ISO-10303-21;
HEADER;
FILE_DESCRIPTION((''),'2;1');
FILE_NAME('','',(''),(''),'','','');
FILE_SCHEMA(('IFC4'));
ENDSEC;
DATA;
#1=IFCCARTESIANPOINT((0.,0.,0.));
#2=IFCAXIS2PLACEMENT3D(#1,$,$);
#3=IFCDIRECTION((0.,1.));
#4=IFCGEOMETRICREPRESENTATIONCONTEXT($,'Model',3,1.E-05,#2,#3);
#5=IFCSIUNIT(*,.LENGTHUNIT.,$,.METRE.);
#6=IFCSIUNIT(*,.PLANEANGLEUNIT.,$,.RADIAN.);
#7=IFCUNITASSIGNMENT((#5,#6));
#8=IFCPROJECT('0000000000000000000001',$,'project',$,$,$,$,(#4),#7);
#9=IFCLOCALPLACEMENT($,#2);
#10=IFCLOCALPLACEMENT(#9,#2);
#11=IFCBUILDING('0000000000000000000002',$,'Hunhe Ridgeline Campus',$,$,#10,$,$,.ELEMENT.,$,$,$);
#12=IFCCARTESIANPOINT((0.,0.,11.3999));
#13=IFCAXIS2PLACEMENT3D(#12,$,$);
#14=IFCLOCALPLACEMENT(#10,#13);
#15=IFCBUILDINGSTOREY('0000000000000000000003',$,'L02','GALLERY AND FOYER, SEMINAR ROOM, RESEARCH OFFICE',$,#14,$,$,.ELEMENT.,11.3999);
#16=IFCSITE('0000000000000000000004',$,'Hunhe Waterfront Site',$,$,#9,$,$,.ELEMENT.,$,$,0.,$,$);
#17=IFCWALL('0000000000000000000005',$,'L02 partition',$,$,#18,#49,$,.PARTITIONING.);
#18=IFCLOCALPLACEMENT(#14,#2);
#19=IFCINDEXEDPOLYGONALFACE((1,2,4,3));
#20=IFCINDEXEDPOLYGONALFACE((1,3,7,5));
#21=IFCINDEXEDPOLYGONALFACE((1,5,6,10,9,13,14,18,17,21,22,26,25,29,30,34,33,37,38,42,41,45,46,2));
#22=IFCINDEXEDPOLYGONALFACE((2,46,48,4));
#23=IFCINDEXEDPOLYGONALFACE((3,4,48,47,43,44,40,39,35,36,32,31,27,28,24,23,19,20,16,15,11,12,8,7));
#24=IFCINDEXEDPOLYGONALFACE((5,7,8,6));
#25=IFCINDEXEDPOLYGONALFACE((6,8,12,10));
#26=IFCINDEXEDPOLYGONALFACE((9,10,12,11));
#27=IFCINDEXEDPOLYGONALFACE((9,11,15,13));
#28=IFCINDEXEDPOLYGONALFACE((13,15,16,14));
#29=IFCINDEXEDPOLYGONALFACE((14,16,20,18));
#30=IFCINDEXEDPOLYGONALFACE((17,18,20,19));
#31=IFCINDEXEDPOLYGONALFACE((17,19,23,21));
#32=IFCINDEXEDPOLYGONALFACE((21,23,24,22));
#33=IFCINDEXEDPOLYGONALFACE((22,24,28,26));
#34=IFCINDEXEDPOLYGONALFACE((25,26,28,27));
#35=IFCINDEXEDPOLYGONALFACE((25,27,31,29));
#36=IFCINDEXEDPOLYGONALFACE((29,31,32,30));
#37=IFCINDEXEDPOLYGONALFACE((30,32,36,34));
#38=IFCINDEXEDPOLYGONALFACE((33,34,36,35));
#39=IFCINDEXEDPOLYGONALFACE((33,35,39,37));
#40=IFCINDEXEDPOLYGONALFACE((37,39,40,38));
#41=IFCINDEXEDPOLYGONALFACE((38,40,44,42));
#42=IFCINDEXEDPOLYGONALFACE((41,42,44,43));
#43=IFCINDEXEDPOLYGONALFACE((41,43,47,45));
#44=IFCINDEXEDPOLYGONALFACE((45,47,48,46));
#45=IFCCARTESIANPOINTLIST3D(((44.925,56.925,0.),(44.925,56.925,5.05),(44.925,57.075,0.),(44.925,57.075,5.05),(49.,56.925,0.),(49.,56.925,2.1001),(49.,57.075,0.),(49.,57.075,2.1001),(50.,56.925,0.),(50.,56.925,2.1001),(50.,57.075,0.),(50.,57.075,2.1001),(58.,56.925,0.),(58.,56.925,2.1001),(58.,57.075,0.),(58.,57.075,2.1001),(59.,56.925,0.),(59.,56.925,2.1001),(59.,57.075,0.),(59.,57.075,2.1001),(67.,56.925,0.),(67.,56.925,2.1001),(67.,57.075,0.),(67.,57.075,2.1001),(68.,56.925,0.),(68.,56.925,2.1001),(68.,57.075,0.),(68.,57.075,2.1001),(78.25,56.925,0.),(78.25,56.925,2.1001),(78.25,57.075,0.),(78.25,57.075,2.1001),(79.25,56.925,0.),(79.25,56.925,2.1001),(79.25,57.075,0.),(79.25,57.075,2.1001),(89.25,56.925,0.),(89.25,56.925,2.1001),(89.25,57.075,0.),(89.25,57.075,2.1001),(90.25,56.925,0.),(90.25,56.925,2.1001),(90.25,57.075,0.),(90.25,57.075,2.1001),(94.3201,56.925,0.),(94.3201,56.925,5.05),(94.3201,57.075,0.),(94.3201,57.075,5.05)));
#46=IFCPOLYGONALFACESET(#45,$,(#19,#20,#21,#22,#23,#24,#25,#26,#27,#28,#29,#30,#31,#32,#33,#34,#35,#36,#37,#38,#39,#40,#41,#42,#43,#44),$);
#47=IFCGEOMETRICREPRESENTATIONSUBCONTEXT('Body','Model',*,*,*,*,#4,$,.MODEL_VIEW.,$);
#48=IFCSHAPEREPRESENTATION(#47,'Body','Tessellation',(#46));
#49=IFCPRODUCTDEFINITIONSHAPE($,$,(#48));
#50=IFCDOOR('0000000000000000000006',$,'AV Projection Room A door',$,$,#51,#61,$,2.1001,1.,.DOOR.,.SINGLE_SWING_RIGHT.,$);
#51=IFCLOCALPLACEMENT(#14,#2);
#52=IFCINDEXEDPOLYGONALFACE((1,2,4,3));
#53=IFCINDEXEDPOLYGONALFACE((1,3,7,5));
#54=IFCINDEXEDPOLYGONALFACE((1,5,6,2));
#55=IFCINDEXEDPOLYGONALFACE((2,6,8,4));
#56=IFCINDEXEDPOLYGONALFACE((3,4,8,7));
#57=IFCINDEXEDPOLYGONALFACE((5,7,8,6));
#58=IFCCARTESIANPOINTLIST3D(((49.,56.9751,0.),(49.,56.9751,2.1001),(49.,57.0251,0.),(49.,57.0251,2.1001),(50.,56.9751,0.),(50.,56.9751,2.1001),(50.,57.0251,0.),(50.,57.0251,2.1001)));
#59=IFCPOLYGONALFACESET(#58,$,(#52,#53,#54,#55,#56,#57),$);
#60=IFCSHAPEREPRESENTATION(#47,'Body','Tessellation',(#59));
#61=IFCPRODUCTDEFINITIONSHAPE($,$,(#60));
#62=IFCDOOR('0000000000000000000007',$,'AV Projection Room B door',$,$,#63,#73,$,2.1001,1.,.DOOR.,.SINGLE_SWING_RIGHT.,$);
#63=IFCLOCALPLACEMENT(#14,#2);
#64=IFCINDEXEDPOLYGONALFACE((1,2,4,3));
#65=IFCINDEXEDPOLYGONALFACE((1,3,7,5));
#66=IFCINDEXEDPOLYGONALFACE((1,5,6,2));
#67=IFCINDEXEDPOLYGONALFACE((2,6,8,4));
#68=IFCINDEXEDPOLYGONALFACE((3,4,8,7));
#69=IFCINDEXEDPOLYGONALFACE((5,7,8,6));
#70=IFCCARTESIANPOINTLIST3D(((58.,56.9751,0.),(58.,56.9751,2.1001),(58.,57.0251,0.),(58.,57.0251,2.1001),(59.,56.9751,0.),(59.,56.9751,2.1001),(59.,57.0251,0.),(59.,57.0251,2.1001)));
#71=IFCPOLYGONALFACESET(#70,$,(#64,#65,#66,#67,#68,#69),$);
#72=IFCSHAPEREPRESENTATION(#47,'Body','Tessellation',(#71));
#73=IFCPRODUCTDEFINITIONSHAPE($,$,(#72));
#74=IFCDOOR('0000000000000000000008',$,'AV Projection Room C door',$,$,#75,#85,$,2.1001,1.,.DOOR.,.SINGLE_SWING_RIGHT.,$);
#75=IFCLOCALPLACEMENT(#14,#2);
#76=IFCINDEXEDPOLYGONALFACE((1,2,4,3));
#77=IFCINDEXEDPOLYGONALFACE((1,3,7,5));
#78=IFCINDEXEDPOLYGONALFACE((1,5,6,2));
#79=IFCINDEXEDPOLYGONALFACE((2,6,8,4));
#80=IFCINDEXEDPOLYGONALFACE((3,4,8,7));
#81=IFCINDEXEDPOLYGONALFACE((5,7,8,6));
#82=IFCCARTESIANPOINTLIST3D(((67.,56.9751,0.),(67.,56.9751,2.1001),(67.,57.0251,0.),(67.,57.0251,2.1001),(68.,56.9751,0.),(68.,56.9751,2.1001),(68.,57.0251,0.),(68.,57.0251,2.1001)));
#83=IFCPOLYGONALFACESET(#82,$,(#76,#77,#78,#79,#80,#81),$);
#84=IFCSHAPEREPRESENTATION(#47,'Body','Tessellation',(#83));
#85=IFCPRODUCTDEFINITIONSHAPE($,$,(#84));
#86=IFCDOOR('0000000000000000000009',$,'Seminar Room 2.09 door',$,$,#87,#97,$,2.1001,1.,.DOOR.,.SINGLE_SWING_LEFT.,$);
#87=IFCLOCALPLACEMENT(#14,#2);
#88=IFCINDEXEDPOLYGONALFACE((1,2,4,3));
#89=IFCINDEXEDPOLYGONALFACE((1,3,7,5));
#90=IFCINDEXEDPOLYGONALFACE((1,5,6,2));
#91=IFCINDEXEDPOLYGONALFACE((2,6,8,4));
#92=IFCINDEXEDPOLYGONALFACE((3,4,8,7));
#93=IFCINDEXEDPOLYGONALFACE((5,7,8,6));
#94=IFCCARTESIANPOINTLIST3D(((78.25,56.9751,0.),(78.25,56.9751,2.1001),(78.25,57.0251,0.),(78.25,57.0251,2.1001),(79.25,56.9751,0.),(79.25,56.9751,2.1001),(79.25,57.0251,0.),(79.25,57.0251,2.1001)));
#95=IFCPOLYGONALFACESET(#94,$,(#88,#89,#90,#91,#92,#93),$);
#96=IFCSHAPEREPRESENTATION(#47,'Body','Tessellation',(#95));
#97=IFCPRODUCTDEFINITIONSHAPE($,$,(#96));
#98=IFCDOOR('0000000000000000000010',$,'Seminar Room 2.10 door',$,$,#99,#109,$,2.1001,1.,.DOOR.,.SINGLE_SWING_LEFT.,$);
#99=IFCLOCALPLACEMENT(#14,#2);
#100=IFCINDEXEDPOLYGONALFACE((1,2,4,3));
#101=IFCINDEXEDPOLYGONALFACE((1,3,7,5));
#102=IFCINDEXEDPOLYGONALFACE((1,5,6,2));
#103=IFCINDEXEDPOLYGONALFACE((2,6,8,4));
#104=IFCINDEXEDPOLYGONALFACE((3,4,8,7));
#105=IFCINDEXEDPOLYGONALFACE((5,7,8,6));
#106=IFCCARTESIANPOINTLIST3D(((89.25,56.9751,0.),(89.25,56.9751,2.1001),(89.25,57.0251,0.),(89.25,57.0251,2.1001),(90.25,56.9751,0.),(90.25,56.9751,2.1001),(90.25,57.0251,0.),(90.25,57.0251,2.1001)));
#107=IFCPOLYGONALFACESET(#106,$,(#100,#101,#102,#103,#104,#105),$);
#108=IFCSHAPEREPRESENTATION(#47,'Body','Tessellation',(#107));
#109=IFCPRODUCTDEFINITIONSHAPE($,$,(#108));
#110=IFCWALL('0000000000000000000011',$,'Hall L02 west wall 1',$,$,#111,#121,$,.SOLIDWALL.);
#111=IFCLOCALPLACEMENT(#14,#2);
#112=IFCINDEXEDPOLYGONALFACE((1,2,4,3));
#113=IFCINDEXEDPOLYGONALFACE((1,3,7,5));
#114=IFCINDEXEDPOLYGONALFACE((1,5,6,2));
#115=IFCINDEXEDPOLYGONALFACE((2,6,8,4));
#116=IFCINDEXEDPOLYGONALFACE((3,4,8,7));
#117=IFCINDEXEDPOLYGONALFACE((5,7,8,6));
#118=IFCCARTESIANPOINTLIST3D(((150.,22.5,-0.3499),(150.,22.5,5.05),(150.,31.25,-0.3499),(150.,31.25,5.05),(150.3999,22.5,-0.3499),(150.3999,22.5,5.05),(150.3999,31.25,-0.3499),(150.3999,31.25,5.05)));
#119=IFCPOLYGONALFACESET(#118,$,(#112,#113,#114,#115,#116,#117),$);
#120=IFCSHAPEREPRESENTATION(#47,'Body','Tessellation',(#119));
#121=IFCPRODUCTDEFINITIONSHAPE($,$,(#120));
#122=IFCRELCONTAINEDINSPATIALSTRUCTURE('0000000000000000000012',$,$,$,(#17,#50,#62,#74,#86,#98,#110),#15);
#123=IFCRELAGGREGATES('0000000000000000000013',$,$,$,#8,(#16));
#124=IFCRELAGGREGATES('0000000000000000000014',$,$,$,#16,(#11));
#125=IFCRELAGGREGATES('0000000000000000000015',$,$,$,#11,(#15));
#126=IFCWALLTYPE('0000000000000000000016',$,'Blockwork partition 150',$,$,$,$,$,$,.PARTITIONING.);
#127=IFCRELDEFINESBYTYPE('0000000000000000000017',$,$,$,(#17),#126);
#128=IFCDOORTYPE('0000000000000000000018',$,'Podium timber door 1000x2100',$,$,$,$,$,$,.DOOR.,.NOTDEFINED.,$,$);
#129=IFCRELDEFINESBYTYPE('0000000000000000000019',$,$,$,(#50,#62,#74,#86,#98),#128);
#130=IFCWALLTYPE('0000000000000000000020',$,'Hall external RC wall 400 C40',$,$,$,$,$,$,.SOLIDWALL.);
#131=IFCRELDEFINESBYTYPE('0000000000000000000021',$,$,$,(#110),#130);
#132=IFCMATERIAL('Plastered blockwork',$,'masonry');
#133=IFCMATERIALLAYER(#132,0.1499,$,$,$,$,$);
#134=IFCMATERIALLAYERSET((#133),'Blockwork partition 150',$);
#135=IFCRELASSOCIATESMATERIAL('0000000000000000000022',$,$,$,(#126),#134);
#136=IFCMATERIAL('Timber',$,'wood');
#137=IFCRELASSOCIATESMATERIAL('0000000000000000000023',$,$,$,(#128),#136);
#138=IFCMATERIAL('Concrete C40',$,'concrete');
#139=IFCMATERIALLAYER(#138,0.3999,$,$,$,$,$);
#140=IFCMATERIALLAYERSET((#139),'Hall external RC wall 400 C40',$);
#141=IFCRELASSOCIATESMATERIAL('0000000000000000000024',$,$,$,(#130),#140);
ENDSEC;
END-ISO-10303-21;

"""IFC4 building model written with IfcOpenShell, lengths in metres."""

from ifc_helpers import new_model, si_unit, direction, frame, frame_2d, origin, place, context, subcontext, project, spatial, rectangle, extrude, material, layer, layer_set, type_object, element, fill, save


model = new_model("IFC4")

# Units and contexts
model_context = context("Model", 3, precision=1e-05, world=origin(), true_north=direction((0.0, 1.0)))
body_context = subcontext(model_context, "Body", "Model", "MODEL_VIEW")
ifc_project = project(units=[si_unit("LENGTHUNIT", "METRE"), si_unit("PLANEANGLEUNIT", "RADIAN")], contexts=[model_context])

# Site, building, storey
site_placement = place(None, origin())
site = spatial("IfcSite", under=ifc_project, at=site_placement, Name="Hunhe Waterfront Site", CompositionType="ELEMENT", RefElevation=0.0)
building_placement = place(site_placement, origin())
building = spatial("IfcBuilding", under=site, at=building_placement, Name="Hunhe Ridgeline Campus", CompositionType="ELEMENT")
storey_placement = place(building_placement, frame((0.0, 0.0, 11.3999)))
storey = spatial("IfcBuildingStorey", under=building, at=storey_placement, Name="L02", Description="GALLERY AND FOYER, SEMINAR ROOM, RESEARCH OFFICE", CompositionType="ELEMENT", Elevation=11.3999)

# Wall, openings, doors
ifc_material_1 = material(Name="Plastered blockwork", Category="masonry")
ifc_layer_1 = layer(ifc_material_1, 0.1499)
ifc_layer_set_1 = layer_set([ifc_layer_1], Name="Blockwork partition 150")
wall_type_1 = type_object("IfcWallType", Name="Blockwork partition 150", PredefinedType="PARTITIONING", material=ifc_layer_set_1)
wall_1_placement = place(storey_placement, frame((94.3201, 57.0, 0.0), z_axis=(0.0, 0.0, 1.0), x_axis=(-1.0, 0.0, 0.0)))
wall_1 = element("IfcWall", 1, at=wall_1_placement, inside=storey, type_object=wall_type_1, Name="L02 partition", PredefinedType="PARTITIONING", context=body_context, shape_type="SweptSolid", body=[
    extrude(rectangle(XDim=49.395, YDim=0.1499, at=frame_2d((24.6975, 0.0))), origin(), (0.0, 0.0, 1.0), 5.05),
])
opening_1_placement = place(wall_1_placement, frame((44.3201, 0.0, 0.0)))
opening_1 = element("IfcOpeningElement", 2, at=opening_1_placement, cuts=wall_1, PredefinedType="OPENING", context=body_context, shape_type="SweptSolid", body=[
    extrude(rectangle(XDim=1.0, YDim=2.1001, at=frame_2d((0.5, 1.05))), frame((0.0, 0.075, 0.0), z_axis=(0.0, -1.0, 0.0), x_axis=(1.0, 0.0, 0.0)), (0.0, 0.0, 1.0), 0.1499),
])
opening_2_placement = place(wall_1_placement, frame((35.3201, 0.0, 0.0)))
opening_2 = element("IfcOpeningElement", 3, at=opening_2_placement, cuts=wall_1, PredefinedType="OPENING", context=body_context, shape_type="SweptSolid", body=[
    extrude(rectangle(XDim=1.0, YDim=2.1001, at=frame_2d((0.5, 1.05))), frame((0.0, 0.075, 0.0), z_axis=(0.0, -1.0, 0.0), x_axis=(1.0, 0.0, 0.0)), (0.0, 0.0, 1.0), 0.1499),
])
opening_3_placement = place(wall_1_placement, frame((26.3201, 0.0, 0.0)))
opening_3 = element("IfcOpeningElement", 4, at=opening_3_placement, cuts=wall_1, PredefinedType="OPENING", context=body_context, shape_type="SweptSolid", body=[
    extrude(rectangle(XDim=1.0, YDim=2.1001, at=frame_2d((0.5, 1.05))), frame((0.0, 0.075, 0.0), z_axis=(0.0, -1.0, 0.0), x_axis=(1.0, 0.0, 0.0)), (0.0, 0.0, 1.0), 0.1499),
])
opening_4_placement = place(wall_1_placement, frame((15.0701, 0.0, 0.0)))
opening_4 = element("IfcOpeningElement", 5, at=opening_4_placement, cuts=wall_1, PredefinedType="OPENING", context=body_context, shape_type="SweptSolid", body=[
    extrude(rectangle(XDim=1.0, YDim=2.1001, at=frame_2d((0.5, 1.05))), frame((0.0, 0.075, 0.0), z_axis=(0.0, -1.0, 0.0), x_axis=(1.0, 0.0, 0.0)), (0.0, 0.0, 1.0), 0.1499),
])
opening_5_placement = place(wall_1_placement, frame((4.0701, 0.0, 0.0)))
opening_5 = element("IfcOpeningElement", 6, at=opening_5_placement, cuts=wall_1, PredefinedType="OPENING", context=body_context, shape_type="SweptSolid", body=[
    extrude(rectangle(XDim=1.0, YDim=2.1001, at=frame_2d((0.5, 1.05))), frame((0.0, 0.075, 0.0), z_axis=(0.0, -1.0, 0.0), x_axis=(1.0, 0.0, 0.0)), (0.0, 0.0, 1.0), 0.1499),
])
ifc_material_2 = material(Name="Timber", Category="wood")
door_type = type_object("IfcDoorType", Name="Podium timber door 1000x2100", OperationType="NOTDEFINED", PredefinedType="DOOR", material=ifc_material_2)
door_1_placement = place(opening_1_placement, origin())
door_1 = element("IfcDoor", 7, at=door_1_placement, inside=storey, type_object=door_type, Name="AV Projection Room A door", OperationType="SINGLE_SWING_RIGHT", OverallHeight=2.1001, OverallWidth=1.0, PredefinedType="DOOR", context=body_context, shape_type="SweptSolid", body=[
    extrude(rectangle(XDim=1.0, YDim=2.1001, at=frame_2d((0.5, 1.05))), frame((0.0, 0.0249, 0.0), z_axis=(0.0, -1.0, 0.0), x_axis=(1.0, 0.0, 0.0)), (0.0, 0.0, 1.0), 0.05),
])
fill(opening_1, door_1)
door_2_placement = place(opening_2_placement, origin())
door_2 = element("IfcDoor", 8, at=door_2_placement, inside=storey, type_object=door_type, Name="AV Projection Room B door", OperationType="SINGLE_SWING_RIGHT", OverallHeight=2.1001, OverallWidth=1.0, PredefinedType="DOOR", context=body_context, shape_type="SweptSolid", body=[
    extrude(rectangle(XDim=1.0, YDim=2.1001, at=frame_2d((0.5, 1.05))), frame((0.0, 0.0249, 0.0), z_axis=(0.0, -1.0, 0.0), x_axis=(1.0, 0.0, 0.0)), (0.0, 0.0, 1.0), 0.05),
])
fill(opening_2, door_2)
door_3_placement = place(opening_3_placement, origin())
door_3 = element("IfcDoor", 9, at=door_3_placement, inside=storey, type_object=door_type, Name="AV Projection Room C door", OperationType="SINGLE_SWING_RIGHT", OverallHeight=2.1001, OverallWidth=1.0, PredefinedType="DOOR", context=body_context, shape_type="SweptSolid", body=[
    extrude(rectangle(XDim=1.0, YDim=2.1001, at=frame_2d((0.5, 1.05))), frame((0.0, 0.0249, 0.0), z_axis=(0.0, -1.0, 0.0), x_axis=(1.0, 0.0, 0.0)), (0.0, 0.0, 1.0), 0.05),
])
fill(opening_3, door_3)
door_4_placement = place(opening_4_placement, origin())
door_4 = element("IfcDoor", 10, at=door_4_placement, inside=storey, type_object=door_type, Name="Seminar Room 2.09 door", OperationType="SINGLE_SWING_LEFT", OverallHeight=2.1001, OverallWidth=1.0, PredefinedType="DOOR", context=body_context, shape_type="SweptSolid", body=[
    extrude(rectangle(XDim=1.0, YDim=2.1001, at=frame_2d((0.5, 1.05))), frame((0.0, 0.0249, 0.0), z_axis=(0.0, -1.0, 0.0), x_axis=(1.0, 0.0, 0.0)), (0.0, 0.0, 1.0), 0.05),
])
fill(opening_4, door_4)
door_5_placement = place(opening_5_placement, origin())
door_5 = element("IfcDoor", 11, at=door_5_placement, inside=storey, type_object=door_type, Name="Seminar Room 2.10 door", OperationType="SINGLE_SWING_LEFT", OverallHeight=2.1001, OverallWidth=1.0, PredefinedType="DOOR", context=body_context, shape_type="SweptSolid", body=[
    extrude(rectangle(XDim=1.0, YDim=2.1001, at=frame_2d((0.5, 1.05))), frame((0.0, 0.0249, 0.0), z_axis=(0.0, -1.0, 0.0), x_axis=(1.0, 0.0, 0.0)), (0.0, 0.0, 1.0), 0.05),
])
fill(opening_5, door_5)

# Wall
ifc_material_3 = material(Name="Concrete C40", Category="concrete")
ifc_layer_2 = layer(ifc_material_3, 0.3999)
ifc_layer_set_2 = layer_set([ifc_layer_2], Name="Hall external RC wall 400 C40")
wall_type_2 = type_object("IfcWallType", Name="Hall external RC wall 400 C40", PredefinedType="SOLIDWALL", material=ifc_layer_set_2)
wall_2_placement = place(storey_placement, frame((150.2, 22.5, -0.3499), z_axis=(0.0, 0.0, 1.0), x_axis=(0.0, 1.0, 0.0)))
element("IfcWall", 12, at=wall_2_placement, inside=storey, type_object=wall_type_2, Name="Hall L02 west wall 1", PredefinedType="SOLIDWALL", context=body_context, shape_type="SweptSolid", body=[
    extrude(rectangle(XDim=8.75, YDim=0.3999, at=frame_2d((4.375, 0.0))), origin(), (0.0, 0.0, 1.0), 5.3999),
])

save(model, "model.ifc")
